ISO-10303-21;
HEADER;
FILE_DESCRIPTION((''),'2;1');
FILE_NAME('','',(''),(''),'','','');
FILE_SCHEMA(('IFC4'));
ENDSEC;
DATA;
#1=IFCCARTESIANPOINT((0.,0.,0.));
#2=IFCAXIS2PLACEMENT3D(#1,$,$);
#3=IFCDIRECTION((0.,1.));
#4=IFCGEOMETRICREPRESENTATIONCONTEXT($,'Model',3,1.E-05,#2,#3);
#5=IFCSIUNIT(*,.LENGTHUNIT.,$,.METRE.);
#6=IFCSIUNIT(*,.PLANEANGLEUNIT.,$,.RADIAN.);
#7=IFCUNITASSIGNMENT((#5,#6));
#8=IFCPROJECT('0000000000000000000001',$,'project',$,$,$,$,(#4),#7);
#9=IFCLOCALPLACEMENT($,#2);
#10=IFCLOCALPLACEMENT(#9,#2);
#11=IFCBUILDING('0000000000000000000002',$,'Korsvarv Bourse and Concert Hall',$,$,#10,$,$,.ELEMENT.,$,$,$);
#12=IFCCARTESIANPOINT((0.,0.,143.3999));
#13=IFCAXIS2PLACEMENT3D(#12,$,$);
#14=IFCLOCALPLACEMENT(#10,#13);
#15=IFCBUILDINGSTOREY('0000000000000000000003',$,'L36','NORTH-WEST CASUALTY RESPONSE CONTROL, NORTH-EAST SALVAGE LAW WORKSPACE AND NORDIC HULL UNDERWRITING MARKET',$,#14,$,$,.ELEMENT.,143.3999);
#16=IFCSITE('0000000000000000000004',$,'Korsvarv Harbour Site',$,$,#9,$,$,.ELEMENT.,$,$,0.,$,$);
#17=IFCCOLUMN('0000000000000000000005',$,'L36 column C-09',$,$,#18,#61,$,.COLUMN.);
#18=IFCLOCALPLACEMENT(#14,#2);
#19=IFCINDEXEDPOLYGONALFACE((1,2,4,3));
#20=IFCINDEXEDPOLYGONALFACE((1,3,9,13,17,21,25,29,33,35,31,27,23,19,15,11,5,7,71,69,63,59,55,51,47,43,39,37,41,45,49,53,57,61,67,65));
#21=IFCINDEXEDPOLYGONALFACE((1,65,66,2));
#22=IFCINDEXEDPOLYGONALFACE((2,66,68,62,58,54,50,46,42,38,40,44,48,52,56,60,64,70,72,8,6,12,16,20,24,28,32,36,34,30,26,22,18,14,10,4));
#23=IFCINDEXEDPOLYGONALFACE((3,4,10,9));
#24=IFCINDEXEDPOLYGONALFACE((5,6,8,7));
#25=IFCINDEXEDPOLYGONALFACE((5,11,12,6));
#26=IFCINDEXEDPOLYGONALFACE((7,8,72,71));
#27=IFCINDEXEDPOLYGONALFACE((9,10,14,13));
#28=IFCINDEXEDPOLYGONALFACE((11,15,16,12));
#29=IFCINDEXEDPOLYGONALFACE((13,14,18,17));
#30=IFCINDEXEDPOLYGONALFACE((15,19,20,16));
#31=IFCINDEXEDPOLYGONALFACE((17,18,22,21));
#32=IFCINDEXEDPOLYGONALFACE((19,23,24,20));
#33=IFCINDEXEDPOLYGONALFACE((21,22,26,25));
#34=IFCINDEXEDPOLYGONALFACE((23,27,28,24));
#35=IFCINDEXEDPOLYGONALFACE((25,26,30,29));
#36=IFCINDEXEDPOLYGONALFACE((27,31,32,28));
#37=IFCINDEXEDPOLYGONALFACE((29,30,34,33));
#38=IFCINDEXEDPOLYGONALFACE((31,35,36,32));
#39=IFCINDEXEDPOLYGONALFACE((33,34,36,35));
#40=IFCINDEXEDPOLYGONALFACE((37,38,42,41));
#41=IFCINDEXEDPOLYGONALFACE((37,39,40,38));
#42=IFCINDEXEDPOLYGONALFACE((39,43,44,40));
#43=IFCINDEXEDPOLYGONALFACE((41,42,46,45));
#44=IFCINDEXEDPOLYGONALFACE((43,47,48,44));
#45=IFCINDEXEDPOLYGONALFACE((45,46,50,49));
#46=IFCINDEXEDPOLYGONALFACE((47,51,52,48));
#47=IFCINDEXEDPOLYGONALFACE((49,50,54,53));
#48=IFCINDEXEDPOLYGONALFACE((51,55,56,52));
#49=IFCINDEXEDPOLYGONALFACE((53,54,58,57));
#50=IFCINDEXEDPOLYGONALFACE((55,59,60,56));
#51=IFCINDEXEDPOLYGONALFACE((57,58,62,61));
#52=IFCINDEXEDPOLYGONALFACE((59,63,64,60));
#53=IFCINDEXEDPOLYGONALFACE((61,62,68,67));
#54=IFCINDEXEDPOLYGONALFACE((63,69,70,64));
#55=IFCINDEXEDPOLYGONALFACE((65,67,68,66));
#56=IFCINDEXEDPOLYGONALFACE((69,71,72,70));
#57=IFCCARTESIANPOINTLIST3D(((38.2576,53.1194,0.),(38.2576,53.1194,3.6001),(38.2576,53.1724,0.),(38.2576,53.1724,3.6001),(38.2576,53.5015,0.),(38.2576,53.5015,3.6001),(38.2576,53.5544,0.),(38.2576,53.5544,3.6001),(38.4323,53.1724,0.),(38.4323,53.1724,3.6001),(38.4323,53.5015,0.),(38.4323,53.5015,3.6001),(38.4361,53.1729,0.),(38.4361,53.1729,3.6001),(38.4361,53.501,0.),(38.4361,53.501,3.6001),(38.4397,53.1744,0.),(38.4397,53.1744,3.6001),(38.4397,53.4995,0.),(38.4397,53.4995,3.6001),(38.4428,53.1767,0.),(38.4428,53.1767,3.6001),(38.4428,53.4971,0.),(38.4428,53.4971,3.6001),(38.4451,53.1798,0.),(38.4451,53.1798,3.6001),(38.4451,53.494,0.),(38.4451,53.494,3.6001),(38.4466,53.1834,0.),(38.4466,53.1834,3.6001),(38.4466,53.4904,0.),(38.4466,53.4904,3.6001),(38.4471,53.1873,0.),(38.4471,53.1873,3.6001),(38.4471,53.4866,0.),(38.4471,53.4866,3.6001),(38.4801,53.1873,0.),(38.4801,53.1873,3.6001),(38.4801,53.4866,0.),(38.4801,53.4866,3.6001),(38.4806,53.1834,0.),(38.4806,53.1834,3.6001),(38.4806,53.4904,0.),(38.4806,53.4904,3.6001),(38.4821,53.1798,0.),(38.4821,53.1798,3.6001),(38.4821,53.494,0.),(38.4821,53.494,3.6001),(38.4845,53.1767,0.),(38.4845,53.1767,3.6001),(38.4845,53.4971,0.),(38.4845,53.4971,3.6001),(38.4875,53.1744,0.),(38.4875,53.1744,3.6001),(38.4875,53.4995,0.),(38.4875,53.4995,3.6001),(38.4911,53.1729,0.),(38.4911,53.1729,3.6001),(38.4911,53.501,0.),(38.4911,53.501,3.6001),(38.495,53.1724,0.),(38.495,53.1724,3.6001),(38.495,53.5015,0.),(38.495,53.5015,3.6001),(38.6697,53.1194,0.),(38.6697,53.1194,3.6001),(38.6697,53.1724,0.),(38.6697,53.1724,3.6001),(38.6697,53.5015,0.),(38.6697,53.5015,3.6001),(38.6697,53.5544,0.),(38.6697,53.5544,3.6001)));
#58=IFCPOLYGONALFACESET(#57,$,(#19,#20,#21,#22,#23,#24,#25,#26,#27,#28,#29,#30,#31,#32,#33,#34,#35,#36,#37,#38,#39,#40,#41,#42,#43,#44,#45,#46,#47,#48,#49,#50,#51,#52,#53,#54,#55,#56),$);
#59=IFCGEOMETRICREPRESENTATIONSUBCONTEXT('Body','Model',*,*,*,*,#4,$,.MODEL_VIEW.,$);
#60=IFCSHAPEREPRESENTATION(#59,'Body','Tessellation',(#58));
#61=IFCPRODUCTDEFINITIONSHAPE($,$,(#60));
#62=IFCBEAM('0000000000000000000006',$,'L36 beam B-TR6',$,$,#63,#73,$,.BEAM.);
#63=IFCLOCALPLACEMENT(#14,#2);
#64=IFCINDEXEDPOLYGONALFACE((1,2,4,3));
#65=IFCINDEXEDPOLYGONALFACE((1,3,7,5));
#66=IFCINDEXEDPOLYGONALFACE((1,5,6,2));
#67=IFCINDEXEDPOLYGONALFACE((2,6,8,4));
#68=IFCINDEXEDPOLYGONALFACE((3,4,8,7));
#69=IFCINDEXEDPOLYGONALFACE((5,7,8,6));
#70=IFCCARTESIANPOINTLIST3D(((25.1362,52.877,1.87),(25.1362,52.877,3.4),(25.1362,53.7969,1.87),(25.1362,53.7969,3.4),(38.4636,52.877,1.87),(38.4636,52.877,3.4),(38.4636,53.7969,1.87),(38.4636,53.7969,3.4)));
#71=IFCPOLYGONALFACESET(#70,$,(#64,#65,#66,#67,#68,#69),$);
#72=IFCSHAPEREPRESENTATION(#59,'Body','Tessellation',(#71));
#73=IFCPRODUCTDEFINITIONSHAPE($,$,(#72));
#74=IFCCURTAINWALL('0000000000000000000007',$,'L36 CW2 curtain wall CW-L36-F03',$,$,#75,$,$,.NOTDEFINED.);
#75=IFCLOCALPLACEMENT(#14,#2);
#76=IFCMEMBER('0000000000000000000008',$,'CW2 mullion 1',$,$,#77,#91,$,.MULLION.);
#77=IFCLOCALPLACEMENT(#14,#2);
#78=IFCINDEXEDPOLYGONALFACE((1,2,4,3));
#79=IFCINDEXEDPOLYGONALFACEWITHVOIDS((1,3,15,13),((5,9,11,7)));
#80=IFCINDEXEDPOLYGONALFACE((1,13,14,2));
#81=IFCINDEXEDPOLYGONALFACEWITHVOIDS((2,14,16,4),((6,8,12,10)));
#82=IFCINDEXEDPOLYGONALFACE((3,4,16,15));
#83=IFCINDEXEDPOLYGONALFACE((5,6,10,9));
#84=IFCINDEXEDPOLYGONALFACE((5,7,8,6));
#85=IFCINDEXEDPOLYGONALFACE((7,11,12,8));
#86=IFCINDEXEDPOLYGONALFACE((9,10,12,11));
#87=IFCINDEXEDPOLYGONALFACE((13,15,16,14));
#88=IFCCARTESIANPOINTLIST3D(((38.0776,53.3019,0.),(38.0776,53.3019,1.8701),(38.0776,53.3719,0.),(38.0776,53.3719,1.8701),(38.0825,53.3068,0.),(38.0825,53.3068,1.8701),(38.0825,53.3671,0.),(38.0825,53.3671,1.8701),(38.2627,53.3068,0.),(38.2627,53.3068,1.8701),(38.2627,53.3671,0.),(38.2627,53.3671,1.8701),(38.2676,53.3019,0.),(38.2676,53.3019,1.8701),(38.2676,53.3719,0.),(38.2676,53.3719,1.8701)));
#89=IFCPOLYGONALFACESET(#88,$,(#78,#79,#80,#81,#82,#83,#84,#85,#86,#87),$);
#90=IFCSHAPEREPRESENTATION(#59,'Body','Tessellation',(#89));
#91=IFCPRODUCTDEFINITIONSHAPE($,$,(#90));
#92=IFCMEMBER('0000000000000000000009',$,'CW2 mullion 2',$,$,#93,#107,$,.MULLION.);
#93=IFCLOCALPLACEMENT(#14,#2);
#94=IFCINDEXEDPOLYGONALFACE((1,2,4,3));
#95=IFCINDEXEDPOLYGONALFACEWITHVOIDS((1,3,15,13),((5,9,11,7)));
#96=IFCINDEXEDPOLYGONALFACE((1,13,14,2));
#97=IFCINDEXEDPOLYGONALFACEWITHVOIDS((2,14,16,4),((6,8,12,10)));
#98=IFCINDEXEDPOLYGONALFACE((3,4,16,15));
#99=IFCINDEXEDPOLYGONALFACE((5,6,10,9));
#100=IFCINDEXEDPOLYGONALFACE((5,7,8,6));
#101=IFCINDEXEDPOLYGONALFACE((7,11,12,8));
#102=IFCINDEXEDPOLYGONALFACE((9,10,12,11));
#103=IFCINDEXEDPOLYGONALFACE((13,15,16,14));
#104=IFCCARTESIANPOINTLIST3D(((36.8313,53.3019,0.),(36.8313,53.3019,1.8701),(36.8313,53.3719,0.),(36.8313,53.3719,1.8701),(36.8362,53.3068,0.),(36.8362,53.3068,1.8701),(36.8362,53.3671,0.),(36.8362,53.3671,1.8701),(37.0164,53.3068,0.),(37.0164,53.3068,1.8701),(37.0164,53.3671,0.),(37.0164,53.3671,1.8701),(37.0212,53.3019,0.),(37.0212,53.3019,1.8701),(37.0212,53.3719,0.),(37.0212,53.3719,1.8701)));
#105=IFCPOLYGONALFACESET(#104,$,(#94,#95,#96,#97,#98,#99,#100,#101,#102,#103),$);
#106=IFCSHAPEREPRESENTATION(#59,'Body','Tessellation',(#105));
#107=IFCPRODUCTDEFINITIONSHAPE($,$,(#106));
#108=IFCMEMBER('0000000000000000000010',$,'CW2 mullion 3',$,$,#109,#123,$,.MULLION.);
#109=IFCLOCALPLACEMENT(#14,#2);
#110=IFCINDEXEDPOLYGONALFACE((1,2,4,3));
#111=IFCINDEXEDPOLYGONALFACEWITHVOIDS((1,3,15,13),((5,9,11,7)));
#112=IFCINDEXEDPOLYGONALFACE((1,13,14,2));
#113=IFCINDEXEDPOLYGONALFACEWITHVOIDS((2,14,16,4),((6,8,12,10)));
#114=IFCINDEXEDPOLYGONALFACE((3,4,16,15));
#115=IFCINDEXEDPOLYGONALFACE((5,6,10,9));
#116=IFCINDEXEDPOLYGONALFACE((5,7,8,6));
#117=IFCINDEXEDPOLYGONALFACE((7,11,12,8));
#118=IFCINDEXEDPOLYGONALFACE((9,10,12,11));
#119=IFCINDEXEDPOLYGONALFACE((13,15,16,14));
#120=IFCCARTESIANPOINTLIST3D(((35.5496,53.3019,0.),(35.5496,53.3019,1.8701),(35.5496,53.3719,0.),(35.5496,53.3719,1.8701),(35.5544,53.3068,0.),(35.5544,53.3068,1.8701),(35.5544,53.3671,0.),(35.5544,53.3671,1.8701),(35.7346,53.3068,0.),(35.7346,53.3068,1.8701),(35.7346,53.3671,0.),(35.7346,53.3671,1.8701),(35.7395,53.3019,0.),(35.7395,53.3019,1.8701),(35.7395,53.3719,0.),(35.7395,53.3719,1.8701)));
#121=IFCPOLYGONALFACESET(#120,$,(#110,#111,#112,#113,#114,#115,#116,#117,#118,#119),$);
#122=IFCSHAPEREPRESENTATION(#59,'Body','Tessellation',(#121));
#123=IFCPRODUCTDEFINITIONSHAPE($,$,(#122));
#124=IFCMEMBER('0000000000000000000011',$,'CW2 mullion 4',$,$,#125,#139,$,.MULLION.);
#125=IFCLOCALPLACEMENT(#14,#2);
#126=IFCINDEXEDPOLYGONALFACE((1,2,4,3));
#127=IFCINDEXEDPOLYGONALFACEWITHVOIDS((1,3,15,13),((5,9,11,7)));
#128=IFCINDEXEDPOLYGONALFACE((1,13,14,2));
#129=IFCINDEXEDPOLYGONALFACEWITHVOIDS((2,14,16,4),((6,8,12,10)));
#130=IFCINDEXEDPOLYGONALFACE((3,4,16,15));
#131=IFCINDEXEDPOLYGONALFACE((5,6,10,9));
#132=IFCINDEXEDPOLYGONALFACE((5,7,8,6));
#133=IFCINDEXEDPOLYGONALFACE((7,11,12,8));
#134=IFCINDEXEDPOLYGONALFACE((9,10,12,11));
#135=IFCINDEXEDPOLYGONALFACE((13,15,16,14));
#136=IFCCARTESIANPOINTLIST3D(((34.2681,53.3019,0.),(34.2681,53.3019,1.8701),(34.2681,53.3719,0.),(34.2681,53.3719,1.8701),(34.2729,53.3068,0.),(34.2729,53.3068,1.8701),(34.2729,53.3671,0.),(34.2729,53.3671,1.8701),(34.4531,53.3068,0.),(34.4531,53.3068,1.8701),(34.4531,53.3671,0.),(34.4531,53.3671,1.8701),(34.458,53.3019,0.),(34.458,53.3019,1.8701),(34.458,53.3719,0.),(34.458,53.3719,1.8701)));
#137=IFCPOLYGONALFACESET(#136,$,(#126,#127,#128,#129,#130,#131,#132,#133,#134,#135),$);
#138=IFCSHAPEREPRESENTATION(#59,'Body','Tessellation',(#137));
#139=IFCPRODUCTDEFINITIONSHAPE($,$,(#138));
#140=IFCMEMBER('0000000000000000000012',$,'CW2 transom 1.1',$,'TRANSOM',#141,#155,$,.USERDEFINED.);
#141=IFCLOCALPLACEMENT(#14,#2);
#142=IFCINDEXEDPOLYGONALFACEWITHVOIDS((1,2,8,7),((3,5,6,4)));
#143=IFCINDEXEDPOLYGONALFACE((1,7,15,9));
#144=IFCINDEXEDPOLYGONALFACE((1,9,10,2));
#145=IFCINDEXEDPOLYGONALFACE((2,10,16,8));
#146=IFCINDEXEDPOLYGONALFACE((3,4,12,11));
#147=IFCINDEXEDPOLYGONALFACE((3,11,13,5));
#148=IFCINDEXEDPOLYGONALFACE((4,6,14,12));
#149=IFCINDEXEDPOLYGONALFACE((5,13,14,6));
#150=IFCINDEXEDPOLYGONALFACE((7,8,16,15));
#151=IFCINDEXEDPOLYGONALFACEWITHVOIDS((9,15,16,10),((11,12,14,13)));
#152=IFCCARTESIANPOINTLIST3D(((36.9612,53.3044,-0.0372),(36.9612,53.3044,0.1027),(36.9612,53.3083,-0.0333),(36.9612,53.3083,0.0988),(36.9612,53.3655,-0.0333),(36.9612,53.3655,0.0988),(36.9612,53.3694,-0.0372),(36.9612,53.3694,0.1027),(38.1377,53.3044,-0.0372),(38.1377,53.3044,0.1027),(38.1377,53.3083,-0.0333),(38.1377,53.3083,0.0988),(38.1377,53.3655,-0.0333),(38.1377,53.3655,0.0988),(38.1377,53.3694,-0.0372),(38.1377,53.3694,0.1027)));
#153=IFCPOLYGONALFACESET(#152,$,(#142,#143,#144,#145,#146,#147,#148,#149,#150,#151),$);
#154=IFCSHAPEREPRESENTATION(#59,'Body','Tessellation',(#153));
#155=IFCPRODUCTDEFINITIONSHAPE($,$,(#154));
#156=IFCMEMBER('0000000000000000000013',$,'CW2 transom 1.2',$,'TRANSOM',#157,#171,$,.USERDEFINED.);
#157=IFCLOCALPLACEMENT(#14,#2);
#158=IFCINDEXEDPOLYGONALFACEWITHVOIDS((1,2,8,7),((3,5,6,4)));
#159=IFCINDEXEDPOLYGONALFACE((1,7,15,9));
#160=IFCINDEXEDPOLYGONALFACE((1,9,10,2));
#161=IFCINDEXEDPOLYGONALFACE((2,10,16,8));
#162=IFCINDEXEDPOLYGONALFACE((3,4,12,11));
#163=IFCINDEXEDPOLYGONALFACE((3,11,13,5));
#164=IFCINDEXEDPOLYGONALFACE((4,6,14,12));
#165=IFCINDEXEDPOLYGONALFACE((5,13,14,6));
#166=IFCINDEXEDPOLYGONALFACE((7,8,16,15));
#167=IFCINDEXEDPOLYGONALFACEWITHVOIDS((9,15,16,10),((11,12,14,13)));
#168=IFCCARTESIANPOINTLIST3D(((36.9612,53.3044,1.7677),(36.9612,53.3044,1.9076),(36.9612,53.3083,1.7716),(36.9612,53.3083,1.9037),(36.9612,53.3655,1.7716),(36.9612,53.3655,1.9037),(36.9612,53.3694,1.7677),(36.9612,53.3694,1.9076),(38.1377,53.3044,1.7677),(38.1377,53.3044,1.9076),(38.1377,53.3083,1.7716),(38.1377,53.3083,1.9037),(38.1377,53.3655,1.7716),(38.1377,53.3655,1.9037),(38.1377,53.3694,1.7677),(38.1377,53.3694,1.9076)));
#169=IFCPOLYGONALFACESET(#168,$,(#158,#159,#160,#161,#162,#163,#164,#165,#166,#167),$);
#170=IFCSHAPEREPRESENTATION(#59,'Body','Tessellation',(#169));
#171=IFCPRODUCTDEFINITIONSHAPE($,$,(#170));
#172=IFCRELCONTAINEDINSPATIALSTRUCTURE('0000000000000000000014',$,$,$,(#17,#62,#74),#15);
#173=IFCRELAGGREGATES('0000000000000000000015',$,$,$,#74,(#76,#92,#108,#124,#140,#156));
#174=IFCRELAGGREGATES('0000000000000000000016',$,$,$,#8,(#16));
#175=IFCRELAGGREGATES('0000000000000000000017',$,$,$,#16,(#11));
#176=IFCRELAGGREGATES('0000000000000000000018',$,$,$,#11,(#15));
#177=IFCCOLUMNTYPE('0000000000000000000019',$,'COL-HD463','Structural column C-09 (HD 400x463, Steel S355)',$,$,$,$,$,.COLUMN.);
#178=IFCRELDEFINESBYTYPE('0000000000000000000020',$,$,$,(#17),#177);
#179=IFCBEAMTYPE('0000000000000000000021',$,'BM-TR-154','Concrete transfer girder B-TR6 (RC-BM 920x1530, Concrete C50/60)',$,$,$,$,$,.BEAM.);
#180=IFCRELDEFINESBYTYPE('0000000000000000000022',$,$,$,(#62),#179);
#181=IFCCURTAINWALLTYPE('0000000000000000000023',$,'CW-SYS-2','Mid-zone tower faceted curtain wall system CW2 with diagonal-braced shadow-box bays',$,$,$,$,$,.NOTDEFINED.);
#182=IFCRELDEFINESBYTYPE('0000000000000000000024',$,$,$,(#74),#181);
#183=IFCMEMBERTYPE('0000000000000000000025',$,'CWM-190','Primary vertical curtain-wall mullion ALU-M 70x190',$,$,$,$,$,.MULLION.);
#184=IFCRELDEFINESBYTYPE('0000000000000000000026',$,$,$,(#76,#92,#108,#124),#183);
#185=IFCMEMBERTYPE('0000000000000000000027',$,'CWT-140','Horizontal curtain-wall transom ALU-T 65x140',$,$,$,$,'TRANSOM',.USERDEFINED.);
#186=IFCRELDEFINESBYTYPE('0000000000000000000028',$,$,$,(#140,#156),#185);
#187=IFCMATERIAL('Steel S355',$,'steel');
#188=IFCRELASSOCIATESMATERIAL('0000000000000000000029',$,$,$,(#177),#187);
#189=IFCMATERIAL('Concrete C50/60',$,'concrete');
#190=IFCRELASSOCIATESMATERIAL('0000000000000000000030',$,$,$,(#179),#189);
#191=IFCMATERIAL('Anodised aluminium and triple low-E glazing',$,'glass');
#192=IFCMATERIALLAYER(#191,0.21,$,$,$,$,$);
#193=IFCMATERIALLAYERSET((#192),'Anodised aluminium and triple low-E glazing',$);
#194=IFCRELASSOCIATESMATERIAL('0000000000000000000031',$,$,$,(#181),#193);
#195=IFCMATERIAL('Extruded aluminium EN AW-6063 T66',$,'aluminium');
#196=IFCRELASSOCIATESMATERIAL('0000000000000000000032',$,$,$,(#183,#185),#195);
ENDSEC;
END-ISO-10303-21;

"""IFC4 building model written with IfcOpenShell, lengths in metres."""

from ifc_helpers import new_model, si_unit, direction, frame, origin, origin_2d, place, context, subcontext, project, spatial, rectangle, hollow_rectangle, i_section, extrude, source, transform, mapped, material, layer, layer_set, material_profile, profile_set, type_object, element, aggregate, save


model = new_model("IFC4")

# Units and contexts
model_context = context("Model", 3, precision=1e-05, world=origin(), true_north=direction((0.0, 1.0)))
body_context = subcontext(model_context, "Body", "Model", "MODEL_VIEW")
ifc_project = project(units=[si_unit("LENGTHUNIT", "METRE"), si_unit("PLANEANGLEUNIT", "RADIAN")], contexts=[model_context])

# Site, building, storey
site_placement = place(None, origin())
site = spatial("IfcSite", under=ifc_project, at=site_placement, Name="Korsvarv Harbour Site", CompositionType="ELEMENT", RefElevation=0.0)
building_placement = place(site_placement, origin())
building = spatial("IfcBuilding", under=site, at=building_placement, Name="Korsvarv Bourse and Concert Hall", CompositionType="ELEMENT")
storey_placement = place(building_placement, frame((0.0, 0.0, 143.3999)))
storey = spatial("IfcBuildingStorey", under=building, at=storey_placement, Name="L36", Description="NORTH-WEST CASUALTY RESPONSE CONTROL, NORTH-EAST SALVAGE LAW WORKSPACE AND NORDIC HULL UNDERWRITING MARKET", CompositionType="ELEMENT", Elevation=143.3999)

# Column
ifc_material_1 = material(Name="Steel S355", Category="steel")
ifc_material_profile_1 = material_profile(ifc_material_1, i_section(OverallWidth=0.4121, OverallDepth=0.4351, WebThickness=0.033, FlangeThickness=0.053, FilletRadius=0.0149, at=origin_2d()), Name="HD 400x463")
ifc_profile_set_1 = profile_set([ifc_material_profile_1], Name="Steel S355")
column_type = type_object("IfcColumnType", Name="COL-HD463", Description="Structural column C-09 (HD 400x463, Steel S355)", PredefinedType="COLUMN", material=ifc_profile_set_1)
shared_shape_1 = source(origin(), body_context, "Body", "SweptSolid", [
    extrude(i_section(OverallWidth=0.4121, OverallDepth=0.4351, WebThickness=0.033, FlangeThickness=0.053, FilletRadius=0.0149, at=origin_2d()), origin(), (0.0, 0.0, 1.0), 3.6001),
])
column_placement = place(storey_placement, frame((38.4636, 53.3369, 0.0), z_axis=(0.0, 0.0, 1.0), x_axis=(1.0, 0.0, 0.0)))
element("IfcColumn", 1, at=column_placement, inside=storey, type_object=column_type, Name="L36 column C-09", PredefinedType="COLUMN", context=body_context, shape_type="MappedRepresentation", body=[
    mapped(shared_shape_1, transform((0.0, 0.0, 0.0), scale=1.0)),
])

# Beam
ifc_material_2 = material(Name="Concrete C50/60", Category="concrete")
ifc_material_profile_2 = material_profile(ifc_material_2, rectangle(XDim=0.9199, YDim=1.53, at=origin_2d()), Name="RC-BM 920x1530")
ifc_profile_set_2 = profile_set([ifc_material_profile_2], Name="Concrete C50/60")
beam_type = type_object("IfcBeamType", Name="BM-TR-154", Description="Concrete transfer girder B-TR6 (RC-BM 920x1530, Concrete C50/60)", PredefinedType="BEAM", material=ifc_profile_set_2)
shared_shape_2 = source(origin(), body_context, "Body", "SweptSolid", [
    extrude(rectangle(XDim=0.9199, YDim=1.53, at=origin_2d()), origin(), (0.0, 0.0, 1.0), 13.3274),
])
beam_placement = place(storey_placement, frame((38.4636, 53.3369, 2.635), z_axis=(-1.0, 0.0, 0.0), x_axis=(0.0, -1.0, 0.0)))
element("IfcBeam", 2, at=beam_placement, inside=storey, type_object=beam_type, Name="L36 beam B-TR6", PredefinedType="BEAM", context=body_context, shape_type="MappedRepresentation", body=[
    mapped(shared_shape_2, transform((0.0, 0.0, 0.0), scale=1.0)),
])

# Curtain wall, members
ifc_material_3 = material(Name="Anodised aluminium and triple low-E glazing", Category="glass")
ifc_layer_1 = layer(ifc_material_3, 0.21)
ifc_layer_set_1 = layer_set([ifc_layer_1], Name="Anodised aluminium and triple low-E glazing")
curtain_wall_type = type_object("IfcCurtainWallType", Name="CW-SYS-2", Description="Mid-zone tower faceted curtain wall system CW2 with diagonal-braced shadow-box bays", PredefinedType="NOTDEFINED", material=ifc_layer_set_1)
curtain_wall_placement = place(storey_placement, origin())
curtain_wall = element("IfcCurtainWall", 3, at=curtain_wall_placement, inside=storey, type_object=curtain_wall_type, Name="L36 CW2 curtain wall CW-L36-F03", PredefinedType="NOTDEFINED")
ifc_material_4 = material(Name="Extruded aluminium EN AW-6063 T66", Category="aluminium")
ifc_material_profile_3 = material_profile(ifc_material_4, hollow_rectangle(XDim=0.0701, YDim=0.1899, WallThickness=0.0049, at=origin_2d()), Name="ALU-M 70x190")
ifc_profile_set_3 = profile_set([ifc_material_profile_3], Name="Extruded aluminium EN AW-6063 T66")
member_type_1 = type_object("IfcMemberType", Name="CWM-190", Description="Primary vertical curtain-wall mullion ALU-M 70x190", PredefinedType="MULLION", material=ifc_profile_set_3)
shared_shape_3 = source(origin(), body_context, "Body", "SweptSolid", [
    extrude(hollow_rectangle(XDim=0.0701, YDim=0.1899, WallThickness=0.0049, at=origin_2d()), origin(), (0.0, 0.0, 1.0), 1.8701),
])
member_1_placement = place(storey_placement, frame((38.1726, 53.3369, 0.0), z_axis=(0.0, 0.0, 1.0), x_axis=(0.0, -1.0, 0.0)))
member_1 = element("IfcMember", 4, at=member_1_placement, type_object=member_type_1, Name="CW2 mullion 1", PredefinedType="MULLION", context=body_context, shape_type="MappedRepresentation", body=[
    mapped(shared_shape_3, transform((0.0, 0.0, 0.0), scale=1.0)),
])
member_2_placement = place(storey_placement, frame((36.9263, 53.3369, 0.0), z_axis=(0.0, 0.0, 1.0), x_axis=(0.0, -1.0, 0.0)))
member_2 = element("IfcMember", 5, at=member_2_placement, type_object=member_type_1, Name="CW2 mullion 2", PredefinedType="MULLION", context=body_context, shape_type="MappedRepresentation", body=[
    mapped(shared_shape_3, transform((0.0, 0.0, 0.0), scale=1.0)),
])
member_3_placement = place(storey_placement, frame((35.6445, 53.3369, 0.0), z_axis=(0.0, 0.0, 1.0), x_axis=(0.0, -1.0, 0.0)))
member_3 = element("IfcMember", 6, at=member_3_placement, type_object=member_type_1, Name="CW2 mullion 3", PredefinedType="MULLION", context=body_context, shape_type="MappedRepresentation", body=[
    mapped(shared_shape_3, transform((0.0, 0.0, 0.0), scale=1.0)),
])
member_4_placement = place(storey_placement, frame((34.363, 53.3369, 0.0), z_axis=(0.0, 0.0, 1.0), x_axis=(0.0, -1.0, 0.0)))
member_4 = element("IfcMember", 7, at=member_4_placement, type_object=member_type_1, Name="CW2 mullion 4", PredefinedType="MULLION", context=body_context, shape_type="MappedRepresentation", body=[
    mapped(shared_shape_3, transform((0.0, 0.0, 0.0), scale=1.0)),
])
ifc_material_profile_4 = material_profile(ifc_material_4, hollow_rectangle(XDim=0.0649, YDim=0.1399, WallThickness=0.0039, at=origin_2d()), Name="ALU-T 65x140")
ifc_profile_set_4 = profile_set([ifc_material_profile_4], Name="Extruded aluminium EN AW-6063 T66")
member_type_2 = type_object("IfcMemberType", Name="CWT-140", Description="Horizontal curtain-wall transom ALU-T 65x140", ElementType="TRANSOM", PredefinedType="USERDEFINED", material=ifc_profile_set_4)
shared_shape_4 = source(origin(), body_context, "Body", "SweptSolid", [
    extrude(hollow_rectangle(XDim=0.0649, YDim=0.1399, WallThickness=0.0039, at=origin_2d()), origin(), (0.0, 0.0, 1.0), 1.1765),
])
member_5_placement = place(storey_placement, frame((38.1377, 53.3369, 0.0327), z_axis=(-1.0, 0.0, 0.0), x_axis=(0.0, -1.0, 0.0)))
member_5 = element("IfcMember", 8, at=member_5_placement, type_object=member_type_2, Name="CW2 transom 1.1", ObjectType="TRANSOM", PredefinedType="USERDEFINED", context=body_context, shape_type="MappedRepresentation", body=[
    mapped(shared_shape_4, transform((0.0, 0.0, 0.0), scale=1.0)),
])
member_6_placement = place(storey_placement, frame((38.1377, 53.3369, 1.8376), z_axis=(-1.0, 0.0, 0.0), x_axis=(0.0, -1.0, 0.0)))
member_6 = element("IfcMember", 9, at=member_6_placement, type_object=member_type_2, Name="CW2 transom 1.2", ObjectType="TRANSOM", PredefinedType="USERDEFINED", context=body_context, shape_type="MappedRepresentation", body=[
    mapped(shared_shape_4, transform((0.0, 0.0, 0.0), scale=1.0)),
])
aggregate(curtain_wall, [member_1, member_2, member_3, member_4, member_5, member_6])

save(model, "model.ifc")
